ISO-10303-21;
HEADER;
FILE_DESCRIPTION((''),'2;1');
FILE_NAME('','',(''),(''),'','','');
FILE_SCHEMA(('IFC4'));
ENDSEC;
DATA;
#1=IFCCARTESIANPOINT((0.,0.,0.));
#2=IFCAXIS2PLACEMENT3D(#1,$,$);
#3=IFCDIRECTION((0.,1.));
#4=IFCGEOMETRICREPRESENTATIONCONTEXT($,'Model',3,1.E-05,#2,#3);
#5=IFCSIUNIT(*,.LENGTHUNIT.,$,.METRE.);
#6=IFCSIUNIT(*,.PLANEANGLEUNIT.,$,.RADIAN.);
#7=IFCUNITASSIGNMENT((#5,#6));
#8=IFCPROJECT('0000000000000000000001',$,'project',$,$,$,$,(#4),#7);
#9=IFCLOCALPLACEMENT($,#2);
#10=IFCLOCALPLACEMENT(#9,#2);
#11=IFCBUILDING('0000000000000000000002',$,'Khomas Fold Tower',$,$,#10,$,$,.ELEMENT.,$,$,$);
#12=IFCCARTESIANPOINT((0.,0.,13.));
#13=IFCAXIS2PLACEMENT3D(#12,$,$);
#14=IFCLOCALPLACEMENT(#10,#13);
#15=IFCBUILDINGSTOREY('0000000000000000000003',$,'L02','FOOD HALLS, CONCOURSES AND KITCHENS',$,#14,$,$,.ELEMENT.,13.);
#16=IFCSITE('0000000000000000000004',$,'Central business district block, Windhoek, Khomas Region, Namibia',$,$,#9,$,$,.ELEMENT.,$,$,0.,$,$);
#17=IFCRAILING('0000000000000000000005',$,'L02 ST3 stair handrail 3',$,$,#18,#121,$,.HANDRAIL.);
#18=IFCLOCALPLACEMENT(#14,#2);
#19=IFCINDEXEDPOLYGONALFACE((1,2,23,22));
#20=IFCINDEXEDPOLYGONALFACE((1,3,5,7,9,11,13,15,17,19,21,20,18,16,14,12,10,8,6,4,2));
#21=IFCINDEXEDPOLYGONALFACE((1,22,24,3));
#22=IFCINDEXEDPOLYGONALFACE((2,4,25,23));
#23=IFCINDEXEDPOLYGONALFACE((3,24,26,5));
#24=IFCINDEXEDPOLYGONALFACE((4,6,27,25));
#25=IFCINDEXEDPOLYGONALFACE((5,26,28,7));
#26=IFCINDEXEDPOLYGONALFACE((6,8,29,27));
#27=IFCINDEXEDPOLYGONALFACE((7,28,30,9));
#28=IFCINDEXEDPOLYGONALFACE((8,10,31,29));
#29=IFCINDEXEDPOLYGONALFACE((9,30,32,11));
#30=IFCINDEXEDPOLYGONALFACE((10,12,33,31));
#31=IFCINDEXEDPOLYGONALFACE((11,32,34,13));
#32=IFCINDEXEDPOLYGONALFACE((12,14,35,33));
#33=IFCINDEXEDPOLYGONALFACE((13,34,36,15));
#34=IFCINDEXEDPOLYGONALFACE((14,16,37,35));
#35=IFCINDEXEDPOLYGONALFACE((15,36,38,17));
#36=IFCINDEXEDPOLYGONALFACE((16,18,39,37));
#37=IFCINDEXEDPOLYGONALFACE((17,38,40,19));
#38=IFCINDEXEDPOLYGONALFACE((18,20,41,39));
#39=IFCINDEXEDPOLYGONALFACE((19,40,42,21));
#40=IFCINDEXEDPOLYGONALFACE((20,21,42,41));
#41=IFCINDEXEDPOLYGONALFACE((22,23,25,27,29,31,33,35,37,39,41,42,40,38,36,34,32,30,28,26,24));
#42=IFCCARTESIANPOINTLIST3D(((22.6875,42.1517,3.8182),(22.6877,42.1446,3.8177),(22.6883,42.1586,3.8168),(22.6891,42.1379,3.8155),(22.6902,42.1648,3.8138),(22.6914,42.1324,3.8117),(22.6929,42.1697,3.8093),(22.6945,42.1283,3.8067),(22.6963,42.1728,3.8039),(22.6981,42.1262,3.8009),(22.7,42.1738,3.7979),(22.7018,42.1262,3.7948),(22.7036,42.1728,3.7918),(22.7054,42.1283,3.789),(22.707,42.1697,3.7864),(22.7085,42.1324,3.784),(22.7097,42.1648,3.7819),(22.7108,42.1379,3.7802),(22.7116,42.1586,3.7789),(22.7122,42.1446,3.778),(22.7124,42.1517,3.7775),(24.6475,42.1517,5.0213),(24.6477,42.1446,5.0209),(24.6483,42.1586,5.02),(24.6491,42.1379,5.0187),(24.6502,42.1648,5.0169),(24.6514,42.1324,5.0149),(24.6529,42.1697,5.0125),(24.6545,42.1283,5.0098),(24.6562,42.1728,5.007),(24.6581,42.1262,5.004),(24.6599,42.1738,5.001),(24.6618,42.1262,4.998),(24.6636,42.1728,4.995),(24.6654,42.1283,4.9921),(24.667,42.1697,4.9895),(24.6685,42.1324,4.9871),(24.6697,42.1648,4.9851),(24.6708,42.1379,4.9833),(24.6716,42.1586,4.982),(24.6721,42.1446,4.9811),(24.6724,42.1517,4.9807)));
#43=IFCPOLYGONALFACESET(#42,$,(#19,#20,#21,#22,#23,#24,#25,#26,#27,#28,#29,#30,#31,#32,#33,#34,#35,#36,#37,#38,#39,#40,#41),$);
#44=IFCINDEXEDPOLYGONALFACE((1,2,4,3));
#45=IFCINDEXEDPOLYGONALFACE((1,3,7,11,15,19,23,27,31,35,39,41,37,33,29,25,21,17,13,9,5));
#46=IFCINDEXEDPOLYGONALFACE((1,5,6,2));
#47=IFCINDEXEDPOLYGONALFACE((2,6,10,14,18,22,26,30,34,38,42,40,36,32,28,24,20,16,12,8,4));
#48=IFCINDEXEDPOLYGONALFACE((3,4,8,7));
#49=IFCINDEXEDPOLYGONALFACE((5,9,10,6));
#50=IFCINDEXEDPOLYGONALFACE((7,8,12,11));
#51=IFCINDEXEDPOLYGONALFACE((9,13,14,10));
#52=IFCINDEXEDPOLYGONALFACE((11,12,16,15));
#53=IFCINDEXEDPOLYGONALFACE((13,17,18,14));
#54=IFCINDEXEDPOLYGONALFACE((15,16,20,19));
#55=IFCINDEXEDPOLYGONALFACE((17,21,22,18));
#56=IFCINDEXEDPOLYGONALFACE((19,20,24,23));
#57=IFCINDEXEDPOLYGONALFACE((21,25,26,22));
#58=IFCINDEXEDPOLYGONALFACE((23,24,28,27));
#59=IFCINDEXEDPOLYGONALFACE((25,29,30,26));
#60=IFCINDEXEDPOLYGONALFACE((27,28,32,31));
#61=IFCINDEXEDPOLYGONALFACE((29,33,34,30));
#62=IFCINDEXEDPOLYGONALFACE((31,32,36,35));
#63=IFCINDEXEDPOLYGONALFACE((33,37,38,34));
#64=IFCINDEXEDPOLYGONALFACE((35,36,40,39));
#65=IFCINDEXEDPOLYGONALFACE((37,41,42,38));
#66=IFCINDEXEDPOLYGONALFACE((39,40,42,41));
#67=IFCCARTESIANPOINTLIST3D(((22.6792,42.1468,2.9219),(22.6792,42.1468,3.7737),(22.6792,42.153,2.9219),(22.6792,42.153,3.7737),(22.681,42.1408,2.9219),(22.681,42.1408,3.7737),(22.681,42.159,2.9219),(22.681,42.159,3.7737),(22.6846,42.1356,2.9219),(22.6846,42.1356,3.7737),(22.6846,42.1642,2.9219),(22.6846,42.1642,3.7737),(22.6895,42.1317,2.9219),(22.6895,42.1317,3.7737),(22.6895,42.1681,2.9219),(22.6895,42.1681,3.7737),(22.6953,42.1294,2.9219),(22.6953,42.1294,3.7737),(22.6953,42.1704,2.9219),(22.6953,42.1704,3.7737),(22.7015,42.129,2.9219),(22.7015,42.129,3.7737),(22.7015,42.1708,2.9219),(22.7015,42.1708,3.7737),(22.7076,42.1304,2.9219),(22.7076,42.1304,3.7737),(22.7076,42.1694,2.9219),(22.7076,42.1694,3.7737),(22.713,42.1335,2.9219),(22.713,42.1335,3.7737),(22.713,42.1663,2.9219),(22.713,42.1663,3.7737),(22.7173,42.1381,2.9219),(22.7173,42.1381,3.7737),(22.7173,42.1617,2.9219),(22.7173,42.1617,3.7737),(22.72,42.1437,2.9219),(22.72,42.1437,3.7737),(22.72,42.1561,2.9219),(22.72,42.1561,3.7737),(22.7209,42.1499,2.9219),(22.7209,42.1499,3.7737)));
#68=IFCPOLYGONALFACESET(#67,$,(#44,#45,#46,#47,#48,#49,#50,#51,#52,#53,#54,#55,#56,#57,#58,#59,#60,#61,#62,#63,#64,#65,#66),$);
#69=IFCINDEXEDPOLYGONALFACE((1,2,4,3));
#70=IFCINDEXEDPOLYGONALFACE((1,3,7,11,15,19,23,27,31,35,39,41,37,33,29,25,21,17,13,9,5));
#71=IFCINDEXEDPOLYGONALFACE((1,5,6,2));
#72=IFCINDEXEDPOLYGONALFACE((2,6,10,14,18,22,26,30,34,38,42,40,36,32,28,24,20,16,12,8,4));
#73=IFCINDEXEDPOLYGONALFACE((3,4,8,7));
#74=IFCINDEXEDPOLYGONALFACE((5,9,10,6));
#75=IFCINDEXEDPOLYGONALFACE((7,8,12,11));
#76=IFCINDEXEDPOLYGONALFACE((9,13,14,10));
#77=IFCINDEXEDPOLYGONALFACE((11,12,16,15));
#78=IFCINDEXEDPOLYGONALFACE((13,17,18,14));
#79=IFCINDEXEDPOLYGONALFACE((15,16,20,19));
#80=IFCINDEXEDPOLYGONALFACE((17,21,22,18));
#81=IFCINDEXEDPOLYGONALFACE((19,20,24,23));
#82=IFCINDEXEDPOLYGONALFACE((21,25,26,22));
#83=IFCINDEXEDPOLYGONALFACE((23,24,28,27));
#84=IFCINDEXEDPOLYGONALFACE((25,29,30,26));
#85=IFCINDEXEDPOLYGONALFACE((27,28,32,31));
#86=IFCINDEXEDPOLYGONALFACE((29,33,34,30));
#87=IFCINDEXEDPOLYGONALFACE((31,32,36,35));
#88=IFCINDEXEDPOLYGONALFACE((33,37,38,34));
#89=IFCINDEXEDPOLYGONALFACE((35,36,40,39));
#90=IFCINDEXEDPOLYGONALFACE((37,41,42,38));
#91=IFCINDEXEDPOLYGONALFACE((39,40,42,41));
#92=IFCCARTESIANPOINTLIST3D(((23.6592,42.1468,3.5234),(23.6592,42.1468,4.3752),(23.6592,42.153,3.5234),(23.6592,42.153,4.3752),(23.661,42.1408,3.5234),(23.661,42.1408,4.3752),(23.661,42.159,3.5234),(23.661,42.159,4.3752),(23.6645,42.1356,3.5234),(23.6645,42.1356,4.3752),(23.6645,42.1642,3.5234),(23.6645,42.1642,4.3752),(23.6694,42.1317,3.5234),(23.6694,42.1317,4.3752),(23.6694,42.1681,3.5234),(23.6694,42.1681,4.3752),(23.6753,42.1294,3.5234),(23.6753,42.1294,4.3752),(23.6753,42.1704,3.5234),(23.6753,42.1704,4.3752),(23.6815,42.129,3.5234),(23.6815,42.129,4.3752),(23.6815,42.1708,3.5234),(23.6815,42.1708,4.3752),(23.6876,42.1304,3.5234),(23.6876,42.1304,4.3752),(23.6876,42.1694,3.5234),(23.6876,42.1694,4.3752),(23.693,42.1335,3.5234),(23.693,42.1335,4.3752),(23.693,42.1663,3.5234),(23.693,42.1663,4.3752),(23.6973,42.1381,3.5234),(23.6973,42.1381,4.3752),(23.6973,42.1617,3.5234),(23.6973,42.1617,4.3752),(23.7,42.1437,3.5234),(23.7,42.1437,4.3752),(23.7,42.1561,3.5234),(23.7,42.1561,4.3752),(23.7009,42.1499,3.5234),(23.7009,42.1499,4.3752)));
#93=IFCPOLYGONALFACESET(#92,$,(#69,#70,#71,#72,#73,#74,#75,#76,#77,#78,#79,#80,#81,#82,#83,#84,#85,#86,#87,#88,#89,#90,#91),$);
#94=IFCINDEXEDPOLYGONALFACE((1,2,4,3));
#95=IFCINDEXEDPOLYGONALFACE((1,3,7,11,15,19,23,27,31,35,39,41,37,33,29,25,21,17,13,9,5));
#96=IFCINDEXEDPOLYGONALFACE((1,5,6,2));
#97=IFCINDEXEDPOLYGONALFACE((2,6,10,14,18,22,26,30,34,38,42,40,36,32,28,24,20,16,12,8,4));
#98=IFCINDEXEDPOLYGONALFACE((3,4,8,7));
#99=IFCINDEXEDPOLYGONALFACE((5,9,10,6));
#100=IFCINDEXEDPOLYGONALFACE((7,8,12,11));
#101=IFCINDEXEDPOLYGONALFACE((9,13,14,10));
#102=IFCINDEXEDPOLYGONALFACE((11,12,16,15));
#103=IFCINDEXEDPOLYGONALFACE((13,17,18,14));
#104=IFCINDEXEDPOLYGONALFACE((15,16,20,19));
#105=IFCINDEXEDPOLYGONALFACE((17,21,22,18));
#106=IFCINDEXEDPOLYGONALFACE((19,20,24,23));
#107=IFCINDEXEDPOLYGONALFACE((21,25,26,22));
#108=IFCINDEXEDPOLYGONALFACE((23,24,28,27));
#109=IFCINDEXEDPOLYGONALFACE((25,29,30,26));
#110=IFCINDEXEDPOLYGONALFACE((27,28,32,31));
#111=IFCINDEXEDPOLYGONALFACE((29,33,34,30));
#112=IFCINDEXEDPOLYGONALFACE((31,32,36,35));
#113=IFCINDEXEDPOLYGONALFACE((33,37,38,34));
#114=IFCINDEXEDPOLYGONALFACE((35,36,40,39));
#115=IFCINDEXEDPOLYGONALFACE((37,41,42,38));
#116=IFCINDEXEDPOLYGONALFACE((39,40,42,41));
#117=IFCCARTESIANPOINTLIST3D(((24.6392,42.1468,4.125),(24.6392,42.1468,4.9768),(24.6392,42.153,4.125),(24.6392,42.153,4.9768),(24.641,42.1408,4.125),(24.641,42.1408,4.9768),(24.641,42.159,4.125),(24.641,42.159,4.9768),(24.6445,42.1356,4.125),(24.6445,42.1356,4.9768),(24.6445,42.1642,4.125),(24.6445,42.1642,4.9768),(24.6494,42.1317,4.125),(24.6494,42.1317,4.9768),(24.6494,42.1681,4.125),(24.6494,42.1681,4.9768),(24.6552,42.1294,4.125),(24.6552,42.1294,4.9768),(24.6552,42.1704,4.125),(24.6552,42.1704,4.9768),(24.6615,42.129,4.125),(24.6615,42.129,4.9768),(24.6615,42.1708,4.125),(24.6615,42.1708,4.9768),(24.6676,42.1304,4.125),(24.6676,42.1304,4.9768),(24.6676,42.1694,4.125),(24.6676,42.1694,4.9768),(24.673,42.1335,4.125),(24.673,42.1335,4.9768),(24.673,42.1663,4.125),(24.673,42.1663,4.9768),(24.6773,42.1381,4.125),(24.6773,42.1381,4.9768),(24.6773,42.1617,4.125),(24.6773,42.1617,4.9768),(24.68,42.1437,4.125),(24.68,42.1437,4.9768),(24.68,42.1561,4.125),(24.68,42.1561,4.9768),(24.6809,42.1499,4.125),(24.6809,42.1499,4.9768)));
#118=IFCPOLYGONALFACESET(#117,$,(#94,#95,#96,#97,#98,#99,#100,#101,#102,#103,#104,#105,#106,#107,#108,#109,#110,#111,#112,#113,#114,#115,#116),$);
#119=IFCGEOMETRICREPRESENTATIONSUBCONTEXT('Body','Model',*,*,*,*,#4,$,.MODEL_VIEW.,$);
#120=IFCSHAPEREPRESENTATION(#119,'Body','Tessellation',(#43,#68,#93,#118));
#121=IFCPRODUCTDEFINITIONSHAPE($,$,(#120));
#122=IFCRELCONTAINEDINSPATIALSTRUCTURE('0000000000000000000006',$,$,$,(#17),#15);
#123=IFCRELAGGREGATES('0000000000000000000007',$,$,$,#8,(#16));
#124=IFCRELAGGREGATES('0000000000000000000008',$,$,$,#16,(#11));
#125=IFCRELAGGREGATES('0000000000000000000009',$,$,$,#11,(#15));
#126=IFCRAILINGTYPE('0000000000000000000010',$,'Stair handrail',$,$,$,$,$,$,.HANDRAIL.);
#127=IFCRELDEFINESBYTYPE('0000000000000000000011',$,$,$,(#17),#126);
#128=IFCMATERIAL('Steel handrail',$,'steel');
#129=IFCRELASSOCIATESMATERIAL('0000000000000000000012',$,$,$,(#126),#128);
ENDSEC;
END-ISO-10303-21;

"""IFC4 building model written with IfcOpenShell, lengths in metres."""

from ifc_helpers import new_model, si_unit, direction, frame, origin, origin_2d, place, context, subcontext, project, spatial, circle, extrude, source, transform, mapped, material, type_object, element, save


model = new_model("IFC4")

# Units and contexts
model_context = context("Model", 3, precision=1e-05, world=origin(), true_north=direction((0.0, 1.0)))
body_context = subcontext(model_context, "Body", "Model", "MODEL_VIEW")
ifc_project = project(units=[si_unit("LENGTHUNIT", "METRE"), si_unit("PLANEANGLEUNIT", "RADIAN")], contexts=[model_context])

# Site, building, storey
site_placement = place(None, origin())
site = spatial("IfcSite", under=ifc_project, at=site_placement, Name="Central business district block, Windhoek, Khomas Region, Namibia", CompositionType="ELEMENT", RefElevation=0.0)
building_placement = place(site_placement, origin())
building = spatial("IfcBuilding", under=site, at=building_placement, Name="Khomas Fold Tower", CompositionType="ELEMENT")
storey_placement = place(building_placement, frame((0.0, 0.0, 13.0)))
storey = spatial("IfcBuildingStorey", under=building, at=storey_placement, Name="L02", Description="FOOD HALLS, CONCOURSES AND KITCHENS", CompositionType="ELEMENT", Elevation=13.0)

# Railing
ifc_material_1 = material(Name="Steel handrail", Category="steel")
railing_type_1 = type_object("IfcRailingType", Name="Stair handrail", PredefinedType="HANDRAIL", material=ifc_material_1)
shared_shape_1 = source(origin(), body_context, "Body", "SweptSolid", [
    extrude(circle(Radius=0.0239, at=origin_2d()), frame((0.0, 0.0, 0.876), z_axis=(0.852241, 0.0, 0.523149), x_axis=(0.0, 1.0, 0.0)), (0.0, 0.0, 1.0), 2.2998),
    extrude(circle(Radius=0.021, at=origin_2d()), origin(), (0.0, 0.0, 1.0), 0.8518),
    extrude(circle(Radius=0.021, at=origin_2d()), frame((0.98, 0.0, 0.6016)), (0.0, 0.0, 1.0), 0.8518),
    extrude(circle(Radius=0.021, at=origin_2d()), frame((1.96, 0.0, 1.2031)), (0.0, 0.0, 1.0), 0.8518),
])
for number, where, name in (
    (1, (22.7, 42.1499, 2.9219), "L02 ST3 stair handrail 3"),
):
    element("IfcRailing", number, at=place(storey_placement, frame(where)), inside=storey, type_object=railing_type_1, Name=name, PredefinedType="HANDRAIL", context=body_context, shape_type="MappedRepresentation", body=[
        mapped(shared_shape_1, transform((0.0, 0.0, 0.0))),
    ])

save(model, "model.ifc")
